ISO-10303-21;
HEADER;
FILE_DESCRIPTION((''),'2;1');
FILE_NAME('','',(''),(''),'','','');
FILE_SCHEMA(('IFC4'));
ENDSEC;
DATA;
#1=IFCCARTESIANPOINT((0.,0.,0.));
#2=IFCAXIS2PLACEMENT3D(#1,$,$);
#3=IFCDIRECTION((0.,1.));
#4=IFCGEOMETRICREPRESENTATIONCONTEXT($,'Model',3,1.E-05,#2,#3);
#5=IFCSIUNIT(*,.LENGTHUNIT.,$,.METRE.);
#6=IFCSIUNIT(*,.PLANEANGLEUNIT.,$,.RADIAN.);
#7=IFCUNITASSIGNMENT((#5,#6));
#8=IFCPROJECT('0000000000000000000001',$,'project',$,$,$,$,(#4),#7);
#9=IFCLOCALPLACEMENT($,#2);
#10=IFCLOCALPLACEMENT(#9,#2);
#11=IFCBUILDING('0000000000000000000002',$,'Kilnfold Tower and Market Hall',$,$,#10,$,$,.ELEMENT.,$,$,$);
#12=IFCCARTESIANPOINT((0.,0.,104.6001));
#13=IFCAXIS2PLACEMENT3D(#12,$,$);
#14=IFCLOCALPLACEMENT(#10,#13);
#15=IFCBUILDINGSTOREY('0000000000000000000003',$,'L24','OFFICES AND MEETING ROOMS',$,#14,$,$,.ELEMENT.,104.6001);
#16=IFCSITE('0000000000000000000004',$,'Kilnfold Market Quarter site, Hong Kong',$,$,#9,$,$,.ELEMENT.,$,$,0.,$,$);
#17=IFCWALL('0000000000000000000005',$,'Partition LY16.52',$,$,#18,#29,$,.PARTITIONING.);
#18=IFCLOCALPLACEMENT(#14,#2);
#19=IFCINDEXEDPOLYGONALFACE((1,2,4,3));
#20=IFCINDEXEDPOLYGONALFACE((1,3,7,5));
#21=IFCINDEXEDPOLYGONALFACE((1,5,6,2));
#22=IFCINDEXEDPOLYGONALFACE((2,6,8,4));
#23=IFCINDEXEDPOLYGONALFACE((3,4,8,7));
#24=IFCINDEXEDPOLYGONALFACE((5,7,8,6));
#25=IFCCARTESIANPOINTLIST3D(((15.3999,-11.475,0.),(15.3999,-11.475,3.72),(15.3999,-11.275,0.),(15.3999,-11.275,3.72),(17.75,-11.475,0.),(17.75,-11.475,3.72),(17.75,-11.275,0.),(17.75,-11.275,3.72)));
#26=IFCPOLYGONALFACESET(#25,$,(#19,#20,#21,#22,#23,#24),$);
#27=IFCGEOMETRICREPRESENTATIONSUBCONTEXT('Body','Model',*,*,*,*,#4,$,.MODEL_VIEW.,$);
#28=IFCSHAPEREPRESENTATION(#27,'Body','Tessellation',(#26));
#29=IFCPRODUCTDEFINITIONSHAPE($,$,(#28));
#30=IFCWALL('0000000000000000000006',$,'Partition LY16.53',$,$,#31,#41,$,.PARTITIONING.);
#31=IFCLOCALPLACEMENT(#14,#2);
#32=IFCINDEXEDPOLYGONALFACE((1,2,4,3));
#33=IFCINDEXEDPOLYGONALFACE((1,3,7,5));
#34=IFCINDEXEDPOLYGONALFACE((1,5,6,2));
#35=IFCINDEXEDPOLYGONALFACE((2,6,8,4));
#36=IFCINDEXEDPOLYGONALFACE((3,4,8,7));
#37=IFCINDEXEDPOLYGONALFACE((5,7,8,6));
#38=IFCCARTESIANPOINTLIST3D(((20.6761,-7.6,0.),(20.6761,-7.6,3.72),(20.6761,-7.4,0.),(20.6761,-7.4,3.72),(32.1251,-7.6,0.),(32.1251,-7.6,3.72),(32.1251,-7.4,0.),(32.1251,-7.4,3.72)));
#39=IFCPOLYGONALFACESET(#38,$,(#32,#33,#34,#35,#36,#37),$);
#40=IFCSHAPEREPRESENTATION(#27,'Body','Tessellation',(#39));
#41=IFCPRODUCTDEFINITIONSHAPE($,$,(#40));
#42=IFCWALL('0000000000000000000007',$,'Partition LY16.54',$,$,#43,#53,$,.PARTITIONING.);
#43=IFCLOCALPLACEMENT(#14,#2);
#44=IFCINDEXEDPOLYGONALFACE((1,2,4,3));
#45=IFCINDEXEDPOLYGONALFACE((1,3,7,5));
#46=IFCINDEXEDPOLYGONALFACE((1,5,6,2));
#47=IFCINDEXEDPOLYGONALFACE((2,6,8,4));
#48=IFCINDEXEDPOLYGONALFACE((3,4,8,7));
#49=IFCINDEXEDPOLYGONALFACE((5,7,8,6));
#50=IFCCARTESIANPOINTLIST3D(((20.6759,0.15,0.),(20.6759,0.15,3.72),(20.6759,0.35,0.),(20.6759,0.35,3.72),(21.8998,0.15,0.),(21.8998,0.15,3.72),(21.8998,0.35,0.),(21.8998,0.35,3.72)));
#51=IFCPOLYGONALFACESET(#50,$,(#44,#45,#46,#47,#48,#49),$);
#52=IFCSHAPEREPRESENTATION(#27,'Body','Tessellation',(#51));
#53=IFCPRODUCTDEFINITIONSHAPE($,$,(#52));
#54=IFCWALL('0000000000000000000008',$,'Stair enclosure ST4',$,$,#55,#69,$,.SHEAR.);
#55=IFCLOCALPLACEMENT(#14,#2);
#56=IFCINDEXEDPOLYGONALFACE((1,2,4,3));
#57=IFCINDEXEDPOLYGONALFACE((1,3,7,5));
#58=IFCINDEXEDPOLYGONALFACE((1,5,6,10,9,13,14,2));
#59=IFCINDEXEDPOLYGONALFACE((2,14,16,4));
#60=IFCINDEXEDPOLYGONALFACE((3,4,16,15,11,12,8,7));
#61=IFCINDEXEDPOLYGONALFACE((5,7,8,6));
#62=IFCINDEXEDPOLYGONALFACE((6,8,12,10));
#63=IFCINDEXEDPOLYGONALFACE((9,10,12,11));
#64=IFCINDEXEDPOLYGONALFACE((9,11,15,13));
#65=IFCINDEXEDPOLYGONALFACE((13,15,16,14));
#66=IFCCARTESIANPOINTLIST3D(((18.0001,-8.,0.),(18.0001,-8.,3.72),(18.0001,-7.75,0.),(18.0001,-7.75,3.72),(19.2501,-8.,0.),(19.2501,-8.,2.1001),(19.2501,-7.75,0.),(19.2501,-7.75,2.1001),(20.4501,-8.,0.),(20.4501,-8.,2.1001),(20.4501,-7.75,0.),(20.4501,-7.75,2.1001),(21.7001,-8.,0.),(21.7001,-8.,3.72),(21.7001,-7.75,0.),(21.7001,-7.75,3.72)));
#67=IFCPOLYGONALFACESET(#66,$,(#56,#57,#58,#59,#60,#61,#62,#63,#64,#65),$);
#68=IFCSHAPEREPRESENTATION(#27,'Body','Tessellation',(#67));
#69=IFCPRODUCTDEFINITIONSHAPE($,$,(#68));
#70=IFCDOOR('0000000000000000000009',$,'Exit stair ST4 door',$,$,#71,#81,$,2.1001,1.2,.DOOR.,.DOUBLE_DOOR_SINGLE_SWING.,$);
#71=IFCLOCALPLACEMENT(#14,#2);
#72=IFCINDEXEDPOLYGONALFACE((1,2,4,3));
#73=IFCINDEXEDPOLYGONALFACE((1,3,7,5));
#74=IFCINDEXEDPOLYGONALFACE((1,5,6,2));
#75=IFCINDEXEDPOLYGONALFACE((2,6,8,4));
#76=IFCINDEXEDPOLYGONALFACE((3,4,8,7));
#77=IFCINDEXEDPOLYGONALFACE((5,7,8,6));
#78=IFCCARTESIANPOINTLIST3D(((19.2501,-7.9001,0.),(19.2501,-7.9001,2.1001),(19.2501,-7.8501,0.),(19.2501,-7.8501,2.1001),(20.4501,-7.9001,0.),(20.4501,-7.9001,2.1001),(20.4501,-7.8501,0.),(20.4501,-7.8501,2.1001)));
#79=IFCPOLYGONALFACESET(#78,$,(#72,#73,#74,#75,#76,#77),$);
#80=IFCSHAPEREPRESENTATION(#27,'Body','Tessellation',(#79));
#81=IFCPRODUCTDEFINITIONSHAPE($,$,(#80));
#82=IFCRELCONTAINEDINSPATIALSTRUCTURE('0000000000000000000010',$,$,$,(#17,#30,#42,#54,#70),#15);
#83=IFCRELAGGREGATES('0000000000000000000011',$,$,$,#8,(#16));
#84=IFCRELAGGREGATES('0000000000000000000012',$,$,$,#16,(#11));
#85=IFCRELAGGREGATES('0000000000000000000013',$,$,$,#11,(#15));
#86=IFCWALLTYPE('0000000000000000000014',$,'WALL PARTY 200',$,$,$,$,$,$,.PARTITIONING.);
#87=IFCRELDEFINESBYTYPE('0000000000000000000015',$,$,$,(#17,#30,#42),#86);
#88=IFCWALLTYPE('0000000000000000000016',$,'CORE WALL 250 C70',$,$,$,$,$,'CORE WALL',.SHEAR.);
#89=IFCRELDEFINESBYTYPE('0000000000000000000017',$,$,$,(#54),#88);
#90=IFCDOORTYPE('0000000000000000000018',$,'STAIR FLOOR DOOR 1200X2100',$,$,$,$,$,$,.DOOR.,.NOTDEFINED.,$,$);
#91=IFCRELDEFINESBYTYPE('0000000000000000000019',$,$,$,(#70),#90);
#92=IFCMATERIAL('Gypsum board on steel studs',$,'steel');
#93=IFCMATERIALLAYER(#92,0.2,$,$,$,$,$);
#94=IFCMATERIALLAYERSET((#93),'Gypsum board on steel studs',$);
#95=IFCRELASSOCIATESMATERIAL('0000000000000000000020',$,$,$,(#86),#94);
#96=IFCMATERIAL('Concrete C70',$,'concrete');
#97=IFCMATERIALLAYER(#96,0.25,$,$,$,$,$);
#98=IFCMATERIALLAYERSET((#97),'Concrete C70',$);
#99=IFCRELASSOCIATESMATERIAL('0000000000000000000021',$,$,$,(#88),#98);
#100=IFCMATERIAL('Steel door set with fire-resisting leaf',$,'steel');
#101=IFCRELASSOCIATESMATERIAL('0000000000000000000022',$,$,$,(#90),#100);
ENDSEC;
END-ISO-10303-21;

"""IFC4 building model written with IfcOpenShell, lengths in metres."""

from ifc_helpers import new_model, si_unit, direction, frame, frame_2d, origin, place, context, subcontext, project, spatial, rectangle, extrude, source, transform, mapped, material, layer, layer_set, type_object, element, fill, save


model = new_model("IFC4")

# Units and contexts
model_context = context("Model", 3, precision=1e-05, world=origin(), true_north=direction((0.0, 1.0)))
body_context = subcontext(model_context, "Body", "Model", "MODEL_VIEW")
ifc_project = project(units=[si_unit("LENGTHUNIT", "METRE"), si_unit("PLANEANGLEUNIT", "RADIAN")], contexts=[model_context])

# Site, building, storey
site_placement = place(None, origin())
site = spatial("IfcSite", under=ifc_project, at=site_placement, Name="Kilnfold Market Quarter site, Hong Kong", CompositionType="ELEMENT", RefElevation=0.0)
building_placement = place(site_placement, origin())
building = spatial("IfcBuilding", under=site, at=building_placement, Name="Kilnfold Tower and Market Hall", CompositionType="ELEMENT")
storey_placement = place(building_placement, frame((0.0, 0.0, 104.6001)))
storey = spatial("IfcBuildingStorey", under=building, at=storey_placement, Name="L24", Description="OFFICES AND MEETING ROOMS", CompositionType="ELEMENT", Elevation=104.6001)

# Walls
ifc_material_1 = material(Name="Gypsum board on steel studs", Category="steel")
ifc_layer_1 = layer(ifc_material_1, 0.2)
ifc_layer_set_1 = layer_set([ifc_layer_1], Name="Gypsum board on steel studs")
wall_type_1 = type_object("IfcWallType", Name="WALL PARTY 200", PredefinedType="PARTITIONING", material=ifc_layer_set_1)
wall_1_placement = place(storey_placement, frame((17.75, -11.375, 0.0), z_axis=(0.0, 0.0, 1.0), x_axis=(-1.0, 0.0, 0.0)))
element("IfcWall", 1, at=wall_1_placement, inside=storey, type_object=wall_type_1, Name="Partition LY16.52", PredefinedType="PARTITIONING", context=body_context, shape_type="SweptSolid", body=[
    extrude(rectangle(XDim=2.3501, YDim=0.2, at=frame_2d((1.175, 0.0))), origin(), (0.0, 0.0, 1.0), 3.72),
])
wall_2_placement = place(storey_placement, frame((20.676, -7.5, 0.0), z_axis=(0.0, 0.0, 1.0), x_axis=(1.0, 0.0, 0.0)))
element("IfcWall", 2, at=wall_2_placement, inside=storey, type_object=wall_type_1, Name="Partition LY16.53", PredefinedType="PARTITIONING", context=body_context, shape_type="SweptSolid", body=[
    extrude(rectangle(XDim=11.449, YDim=0.2, at=frame_2d((5.7246, 0.0))), origin(), (0.0, 0.0, 1.0), 3.72),
])
wall_3_placement = place(storey_placement, frame((20.676, 0.25, 0.0), z_axis=(0.0, 0.0, 1.0), x_axis=(1.0, 0.0, 0.0)))
element("IfcWall", 3, at=wall_3_placement, inside=storey, type_object=wall_type_1, Name="Partition LY16.54", PredefinedType="PARTITIONING", context=body_context, shape_type="SweptSolid", body=[
    extrude(rectangle(XDim=1.2239, YDim=0.2, at=frame_2d((0.6118, 0.0))), origin(), (0.0, 0.0, 1.0), 3.72),
])

# Wall, opening, door
ifc_material_2 = material(Name="Concrete C70", Category="concrete")
ifc_layer_2 = layer(ifc_material_2, 0.25)
ifc_layer_set_2 = layer_set([ifc_layer_2], Name="Concrete C70")
wall_type_2 = type_object("IfcWallType", Name="CORE WALL 250 C70", ElementType="CORE WALL", PredefinedType="SHEAR", material=ifc_layer_set_2)
shared_shape_1 = source(origin(), body_context, "Body", "SweptSolid", [
    extrude(rectangle(XDim=3.7, YDim=0.25, at=frame_2d((1.8501, 0.0))), origin(), (0.0, 0.0, 1.0), 3.72),
])
wall_4_placement = place(storey_placement, frame((18.0, -7.875, 0.0), z_axis=(0.0, 0.0, 1.0), x_axis=(1.0, 0.0, 0.0)))
wall_4 = element("IfcWall", 4, at=wall_4_placement, inside=storey, type_object=wall_type_2, Name="Stair enclosure ST4", PredefinedType="SHEAR", context=body_context, shape_type="MappedRepresentation", body=[
    mapped(shared_shape_1, transform((0.0, 0.0, 0.0))),
])
opening_1_placement = place(wall_4_placement, frame((1.25, 0.0, 0.0)))
opening_1 = element("IfcOpeningElement", 5, at=opening_1_placement, cuts=wall_4, PredefinedType="OPENING", context=body_context, shape_type="SweptSolid", body=[
    extrude(rectangle(XDim=1.2, YDim=2.1001, at=frame_2d((0.6001, 1.05))), frame((0.0, 0.135, 0.0), z_axis=(0.0, -1.0, 0.0), x_axis=(1.0, 0.0, 0.0)), (0.0, 0.0, 1.0), 0.27),
])
ifc_material_3 = material(Name="Steel door set with fire-resisting leaf", Category="steel")
door_type_1 = type_object("IfcDoorType", Name="STAIR FLOOR DOOR 1200X2100", OperationType="NOTDEFINED", PredefinedType="DOOR", material=ifc_material_3)
door_1_placement = place(opening_1_placement, origin())
door_1 = element("IfcDoor", 6, at=door_1_placement, inside=storey, type_object=door_type_1, Name="Exit stair ST4 door", OperationType="DOUBLE_DOOR_SINGLE_SWING", OverallHeight=2.1001, OverallWidth=1.2, PredefinedType="DOOR", context=body_context, shape_type="SweptSolid", body=[
    extrude(rectangle(XDim=1.2, YDim=2.1001, at=frame_2d((0.6001, 1.05))), frame((0.0, 0.0249, 0.0), z_axis=(0.0, -1.0, 0.0), x_axis=(1.0, 0.0, 0.0)), (0.0, 0.0, 1.0), 0.05),
])
fill(opening_1, door_1)

save(model, "model.ifc")
